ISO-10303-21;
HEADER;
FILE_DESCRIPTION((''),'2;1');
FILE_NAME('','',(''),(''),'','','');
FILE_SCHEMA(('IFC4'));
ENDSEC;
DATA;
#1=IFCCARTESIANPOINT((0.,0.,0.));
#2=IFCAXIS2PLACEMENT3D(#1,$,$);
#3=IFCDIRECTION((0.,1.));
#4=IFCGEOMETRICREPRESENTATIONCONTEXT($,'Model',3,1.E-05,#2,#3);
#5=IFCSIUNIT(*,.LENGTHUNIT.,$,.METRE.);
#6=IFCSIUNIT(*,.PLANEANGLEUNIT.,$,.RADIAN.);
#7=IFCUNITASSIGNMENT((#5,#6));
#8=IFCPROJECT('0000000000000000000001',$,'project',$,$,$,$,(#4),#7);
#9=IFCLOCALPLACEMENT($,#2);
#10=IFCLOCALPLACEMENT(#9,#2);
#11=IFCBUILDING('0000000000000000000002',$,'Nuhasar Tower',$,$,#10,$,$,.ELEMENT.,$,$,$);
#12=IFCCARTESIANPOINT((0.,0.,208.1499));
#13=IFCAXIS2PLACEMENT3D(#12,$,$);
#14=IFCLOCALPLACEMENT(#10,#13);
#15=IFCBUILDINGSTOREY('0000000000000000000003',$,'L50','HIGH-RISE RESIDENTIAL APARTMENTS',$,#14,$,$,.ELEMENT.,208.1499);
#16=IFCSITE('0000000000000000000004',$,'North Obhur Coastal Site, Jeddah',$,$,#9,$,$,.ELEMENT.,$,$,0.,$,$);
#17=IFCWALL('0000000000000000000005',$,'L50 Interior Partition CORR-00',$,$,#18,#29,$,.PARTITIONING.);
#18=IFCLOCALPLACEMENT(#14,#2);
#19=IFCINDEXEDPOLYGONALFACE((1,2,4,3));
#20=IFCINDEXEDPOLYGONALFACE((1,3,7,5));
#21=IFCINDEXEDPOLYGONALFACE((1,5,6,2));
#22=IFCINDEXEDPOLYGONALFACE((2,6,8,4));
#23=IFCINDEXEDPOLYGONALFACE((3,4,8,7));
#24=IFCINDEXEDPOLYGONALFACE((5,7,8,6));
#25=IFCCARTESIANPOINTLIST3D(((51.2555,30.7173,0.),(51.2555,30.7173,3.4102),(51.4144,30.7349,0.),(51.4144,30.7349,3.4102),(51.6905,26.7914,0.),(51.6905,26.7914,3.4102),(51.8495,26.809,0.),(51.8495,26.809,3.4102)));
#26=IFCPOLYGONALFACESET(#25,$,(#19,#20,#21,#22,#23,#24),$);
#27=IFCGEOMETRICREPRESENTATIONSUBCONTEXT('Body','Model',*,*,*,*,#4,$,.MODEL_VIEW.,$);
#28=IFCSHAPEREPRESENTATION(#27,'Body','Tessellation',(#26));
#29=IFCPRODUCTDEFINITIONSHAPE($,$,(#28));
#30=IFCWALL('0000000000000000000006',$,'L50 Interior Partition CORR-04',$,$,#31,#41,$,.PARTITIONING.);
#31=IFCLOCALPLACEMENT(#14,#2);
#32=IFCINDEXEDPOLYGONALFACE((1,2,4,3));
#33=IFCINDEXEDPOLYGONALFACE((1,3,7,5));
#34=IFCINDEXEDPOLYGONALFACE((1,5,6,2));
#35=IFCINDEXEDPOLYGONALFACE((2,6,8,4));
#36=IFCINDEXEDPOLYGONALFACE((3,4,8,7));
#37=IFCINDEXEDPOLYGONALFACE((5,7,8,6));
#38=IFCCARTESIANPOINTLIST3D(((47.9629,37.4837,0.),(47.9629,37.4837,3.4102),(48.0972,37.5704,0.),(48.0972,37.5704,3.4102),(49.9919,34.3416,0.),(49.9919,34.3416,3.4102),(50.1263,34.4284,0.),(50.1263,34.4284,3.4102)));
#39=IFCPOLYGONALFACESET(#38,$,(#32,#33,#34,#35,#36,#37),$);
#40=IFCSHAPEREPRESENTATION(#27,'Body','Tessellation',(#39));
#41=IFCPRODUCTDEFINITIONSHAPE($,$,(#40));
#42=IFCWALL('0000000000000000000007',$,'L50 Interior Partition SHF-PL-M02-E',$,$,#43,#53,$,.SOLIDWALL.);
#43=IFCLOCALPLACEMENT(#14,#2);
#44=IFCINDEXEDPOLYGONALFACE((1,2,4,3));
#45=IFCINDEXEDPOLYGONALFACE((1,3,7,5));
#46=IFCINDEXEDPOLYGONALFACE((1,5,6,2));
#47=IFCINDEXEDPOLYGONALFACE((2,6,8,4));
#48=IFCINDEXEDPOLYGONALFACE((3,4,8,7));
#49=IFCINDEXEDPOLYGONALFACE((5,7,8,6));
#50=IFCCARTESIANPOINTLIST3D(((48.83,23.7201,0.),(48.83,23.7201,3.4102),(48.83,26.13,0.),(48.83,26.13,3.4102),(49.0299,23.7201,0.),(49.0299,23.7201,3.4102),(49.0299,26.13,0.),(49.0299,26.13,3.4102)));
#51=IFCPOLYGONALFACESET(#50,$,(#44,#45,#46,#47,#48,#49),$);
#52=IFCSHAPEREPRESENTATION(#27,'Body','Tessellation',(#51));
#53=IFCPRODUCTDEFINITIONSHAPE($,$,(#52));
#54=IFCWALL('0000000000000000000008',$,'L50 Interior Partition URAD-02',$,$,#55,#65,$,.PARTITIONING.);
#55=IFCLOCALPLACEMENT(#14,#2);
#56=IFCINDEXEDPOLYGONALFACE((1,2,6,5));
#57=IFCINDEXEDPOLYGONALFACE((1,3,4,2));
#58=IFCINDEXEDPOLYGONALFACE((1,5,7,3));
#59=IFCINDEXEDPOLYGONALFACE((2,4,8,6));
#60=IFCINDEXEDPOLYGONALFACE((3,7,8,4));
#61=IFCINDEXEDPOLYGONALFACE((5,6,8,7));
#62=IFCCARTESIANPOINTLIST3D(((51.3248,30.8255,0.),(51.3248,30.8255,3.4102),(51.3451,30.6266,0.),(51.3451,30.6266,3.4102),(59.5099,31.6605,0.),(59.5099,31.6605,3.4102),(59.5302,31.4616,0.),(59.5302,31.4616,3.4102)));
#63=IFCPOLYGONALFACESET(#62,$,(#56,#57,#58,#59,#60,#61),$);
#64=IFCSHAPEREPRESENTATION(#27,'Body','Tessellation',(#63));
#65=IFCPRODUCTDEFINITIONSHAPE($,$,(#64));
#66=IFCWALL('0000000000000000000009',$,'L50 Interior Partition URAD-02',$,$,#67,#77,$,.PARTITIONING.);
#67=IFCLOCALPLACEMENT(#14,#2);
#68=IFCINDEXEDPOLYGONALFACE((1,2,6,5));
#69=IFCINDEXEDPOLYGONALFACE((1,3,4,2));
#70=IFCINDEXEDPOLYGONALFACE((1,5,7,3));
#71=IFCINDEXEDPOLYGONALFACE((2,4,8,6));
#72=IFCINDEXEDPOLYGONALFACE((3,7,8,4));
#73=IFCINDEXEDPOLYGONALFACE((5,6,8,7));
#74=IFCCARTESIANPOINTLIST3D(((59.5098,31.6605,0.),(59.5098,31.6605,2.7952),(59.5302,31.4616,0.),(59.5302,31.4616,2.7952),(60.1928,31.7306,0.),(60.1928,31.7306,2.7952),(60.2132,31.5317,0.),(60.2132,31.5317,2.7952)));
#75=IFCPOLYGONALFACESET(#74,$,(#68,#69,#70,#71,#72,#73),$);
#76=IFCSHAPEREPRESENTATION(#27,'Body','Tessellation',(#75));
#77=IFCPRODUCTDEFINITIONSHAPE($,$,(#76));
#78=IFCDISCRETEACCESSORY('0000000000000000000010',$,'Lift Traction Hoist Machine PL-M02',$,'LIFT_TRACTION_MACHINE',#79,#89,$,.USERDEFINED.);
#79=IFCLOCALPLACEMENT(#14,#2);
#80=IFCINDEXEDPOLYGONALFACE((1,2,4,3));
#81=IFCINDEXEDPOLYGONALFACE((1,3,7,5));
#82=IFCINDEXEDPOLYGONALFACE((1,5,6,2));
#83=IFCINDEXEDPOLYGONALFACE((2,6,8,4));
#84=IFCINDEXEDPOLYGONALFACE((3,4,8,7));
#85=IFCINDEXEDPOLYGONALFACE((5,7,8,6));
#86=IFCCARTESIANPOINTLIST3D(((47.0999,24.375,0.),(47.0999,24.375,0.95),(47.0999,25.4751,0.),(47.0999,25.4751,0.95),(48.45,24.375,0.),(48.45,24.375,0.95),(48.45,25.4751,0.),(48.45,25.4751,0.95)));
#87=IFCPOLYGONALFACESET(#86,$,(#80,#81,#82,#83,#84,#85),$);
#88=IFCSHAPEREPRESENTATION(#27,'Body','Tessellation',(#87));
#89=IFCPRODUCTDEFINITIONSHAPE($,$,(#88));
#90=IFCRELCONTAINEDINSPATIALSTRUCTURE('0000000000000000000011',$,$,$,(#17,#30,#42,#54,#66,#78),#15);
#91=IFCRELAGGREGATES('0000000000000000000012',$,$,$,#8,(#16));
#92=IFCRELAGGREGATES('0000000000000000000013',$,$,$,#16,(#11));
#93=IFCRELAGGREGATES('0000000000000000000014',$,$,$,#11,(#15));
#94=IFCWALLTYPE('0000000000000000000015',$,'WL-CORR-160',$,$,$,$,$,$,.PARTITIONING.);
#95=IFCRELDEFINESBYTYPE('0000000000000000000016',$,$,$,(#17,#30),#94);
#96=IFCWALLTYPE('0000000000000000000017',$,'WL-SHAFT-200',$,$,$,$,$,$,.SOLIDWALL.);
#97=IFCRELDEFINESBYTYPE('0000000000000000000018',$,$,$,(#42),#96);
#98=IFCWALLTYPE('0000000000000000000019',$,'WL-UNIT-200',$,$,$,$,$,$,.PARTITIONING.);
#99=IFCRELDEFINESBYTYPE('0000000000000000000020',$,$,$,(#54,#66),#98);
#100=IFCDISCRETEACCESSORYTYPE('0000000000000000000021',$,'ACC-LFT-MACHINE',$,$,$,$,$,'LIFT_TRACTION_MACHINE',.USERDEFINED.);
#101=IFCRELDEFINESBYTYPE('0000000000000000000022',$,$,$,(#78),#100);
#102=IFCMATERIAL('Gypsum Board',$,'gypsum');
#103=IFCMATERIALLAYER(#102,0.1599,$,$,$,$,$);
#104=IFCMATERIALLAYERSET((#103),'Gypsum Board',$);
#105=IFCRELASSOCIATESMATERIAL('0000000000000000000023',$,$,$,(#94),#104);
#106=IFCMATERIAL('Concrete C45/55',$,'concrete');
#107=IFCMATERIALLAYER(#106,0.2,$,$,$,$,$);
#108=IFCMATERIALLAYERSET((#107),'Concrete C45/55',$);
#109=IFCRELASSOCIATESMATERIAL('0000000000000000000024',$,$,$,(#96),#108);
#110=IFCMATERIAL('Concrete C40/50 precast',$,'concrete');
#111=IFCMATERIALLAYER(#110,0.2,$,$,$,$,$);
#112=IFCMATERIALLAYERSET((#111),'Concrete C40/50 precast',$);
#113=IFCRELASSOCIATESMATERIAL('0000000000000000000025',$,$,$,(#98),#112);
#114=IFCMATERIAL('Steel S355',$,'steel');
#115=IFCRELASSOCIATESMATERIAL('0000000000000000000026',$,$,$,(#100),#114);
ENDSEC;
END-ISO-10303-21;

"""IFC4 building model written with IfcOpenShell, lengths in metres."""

from ifc_helpers import new_model, si_unit, direction, frame, frame_2d, origin, origin_2d, place, context, subcontext, project, spatial, rectangle, extrude, material, layer, layer_set, type_object, element, save


model = new_model("IFC4")

# Units and contexts
model_context = context("Model", 3, precision=1e-05, world=origin(), true_north=direction((0.0, 1.0)))
body_context = subcontext(model_context, "Body", "Model", "MODEL_VIEW")
ifc_project = project(units=[si_unit("LENGTHUNIT", "METRE"), si_unit("PLANEANGLEUNIT", "RADIAN")], contexts=[model_context])

# Site, building, storey
site_placement = place(None, origin())
site = spatial("IfcSite", under=ifc_project, at=site_placement, Name="North Obhur Coastal Site, Jeddah", CompositionType="ELEMENT", RefElevation=0.0)
building_placement = place(site_placement, origin())
building = spatial("IfcBuilding", under=site, at=building_placement, Name="Nuhasar Tower", CompositionType="ELEMENT")
storey_placement = place(building_placement, frame((0.0, 0.0, 208.1499)))
storey = spatial("IfcBuildingStorey", under=building, at=storey_placement, Name="L50", Description="HIGH-RISE RESIDENTIAL APARTMENTS", CompositionType="ELEMENT", Elevation=208.1499)

# Shared definitions
ifc_material_1 = material(Name="Steel S355", Category="steel")

# Wall
ifc_material_2 = material(Name="Gypsum Board", Category="gypsum")
ifc_layer_1 = layer(ifc_material_2, 0.1599)
ifc_layer_set_1 = layer_set([ifc_layer_1], Name="Gypsum Board")
wall_type_1 = type_object("IfcWallType", Name="WL-CORR-160", PredefinedType="PARTITIONING", material=ifc_layer_set_1)
wall_1_placement = place(storey_placement, frame((51.77, 26.8, 0.0), z_axis=(0.0, 0.0, 1.0), x_axis=(-0.11014, 0.993916, 0.0)))
element("IfcWall", 1, at=wall_1_placement, inside=storey, type_object=wall_type_1, Name="L50 Interior Partition CORR-00", PredefinedType="PARTITIONING", context=body_context, shape_type="SweptSolid", body=[
    extrude(rectangle(XDim=3.95, YDim=0.1599, at=frame_2d((1.9751, 0.0))), origin(), (0.0, 0.0, 1.0), 3.4102),
])

# Walls
wall_2_placement = place(storey_placement, frame((50.0591, 34.385, 0.0), z_axis=(0.0, 0.0, 1.0), x_axis=(-0.542485, 0.840065, 0.0)))
element("IfcWall", 2, at=wall_2_placement, inside=storey, type_object=wall_type_1, Name="L50 Interior Partition CORR-04", PredefinedType="PARTITIONING", context=body_context, shape_type="SweptSolid", body=[
    extrude(rectangle(XDim=3.7402, YDim=0.1599, at=frame_2d((1.8701, 0.0))), origin(), (0.0, 0.0, 1.0), 3.4102),
])
ifc_material_3 = material(Name="Concrete C45/55", Category="concrete")
ifc_layer_2 = layer(ifc_material_3, 0.2)
ifc_layer_set_2 = layer_set([ifc_layer_2], Name="Concrete C45/55")
wall_type_2 = type_object("IfcWallType", Name="WL-SHAFT-200", PredefinedType="SOLIDWALL", material=ifc_layer_set_2)
wall_3_placement = place(storey_placement, frame((48.9299, 23.72, 0.0), z_axis=(0.0, 0.0, 1.0), x_axis=(0.0, 1.0, 0.0)))
element("IfcWall", 3, at=wall_3_placement, inside=storey, type_object=wall_type_2, Name="L50 Interior Partition SHF-PL-M02-E", PredefinedType="SOLIDWALL", context=body_context, shape_type="SweptSolid", body=[
    extrude(rectangle(XDim=2.4099, YDim=0.2, at=frame_2d((1.2051, 0.0))), origin(), (0.0, 0.0, 1.0), 3.4102),
])
ifc_material_4 = material(Name="Concrete C40/50 precast", Category="concrete")
ifc_layer_3 = layer(ifc_material_4, 0.2)
ifc_layer_set_3 = layer_set([ifc_layer_3], Name="Concrete C40/50 precast")
wall_type_3 = type_object("IfcWallType", Name="WL-UNIT-200", PredefinedType="PARTITIONING", material=ifc_layer_set_3)
wall_4_placement = place(storey_placement, frame((51.335, 30.7261, 0.0), z_axis=(0.0, 0.0, 1.0), x_axis=(0.994837, 0.101484, 0.0)))
element("IfcWall", 4, at=wall_4_placement, inside=storey, type_object=wall_type_3, Name="L50 Interior Partition URAD-02", PredefinedType="PARTITIONING", context=body_context, shape_type="SweptSolid", body=[
    extrude(rectangle(XDim=8.2275, YDim=0.2, at=frame_2d((4.1138, 0.0))), origin(), (0.0, 0.0, 1.0), 3.4102),
])
wall_5_placement = place(storey_placement, frame((59.52, 31.561, 0.0), z_axis=(0.0, 0.0, 1.0), x_axis=(0.994777, 0.102074, 0.0)))
element("IfcWall", 5, at=wall_5_placement, inside=storey, type_object=wall_type_3, Name="L50 Interior Partition URAD-02", PredefinedType="PARTITIONING", context=body_context, shape_type="SweptSolid", body=[
    extrude(rectangle(XDim=0.6865, YDim=0.2, at=frame_2d((0.3433, 0.0))), origin(), (0.0, 0.0, 1.0), 2.7952),
])

# Discrete accessory
discrete_accessory_type = type_object("IfcDiscreteAccessoryType", Name="ACC-LFT-MACHINE", ElementType="LIFT_TRACTION_MACHINE", PredefinedType="USERDEFINED", material=ifc_material_1)
discrete_accessory_placement = place(storey_placement, frame((47.7749, 24.925, 0.0), z_axis=(0.0, 0.0, 1.0), x_axis=(1.0, 0.0, 0.0)))
element("IfcDiscreteAccessory", 6, at=discrete_accessory_placement, inside=storey, type_object=discrete_accessory_type, Name="Lift Traction Hoist Machine PL-M02", ObjectType="LIFT_TRACTION_MACHINE", PredefinedType="USERDEFINED", context=body_context, shape_type="SweptSolid", body=[
    extrude(rectangle(XDim=1.3501, YDim=1.1001, at=origin_2d()), origin(), (0.0, 0.0, 1.0), 0.95),
])

save(model, "model.ifc")
